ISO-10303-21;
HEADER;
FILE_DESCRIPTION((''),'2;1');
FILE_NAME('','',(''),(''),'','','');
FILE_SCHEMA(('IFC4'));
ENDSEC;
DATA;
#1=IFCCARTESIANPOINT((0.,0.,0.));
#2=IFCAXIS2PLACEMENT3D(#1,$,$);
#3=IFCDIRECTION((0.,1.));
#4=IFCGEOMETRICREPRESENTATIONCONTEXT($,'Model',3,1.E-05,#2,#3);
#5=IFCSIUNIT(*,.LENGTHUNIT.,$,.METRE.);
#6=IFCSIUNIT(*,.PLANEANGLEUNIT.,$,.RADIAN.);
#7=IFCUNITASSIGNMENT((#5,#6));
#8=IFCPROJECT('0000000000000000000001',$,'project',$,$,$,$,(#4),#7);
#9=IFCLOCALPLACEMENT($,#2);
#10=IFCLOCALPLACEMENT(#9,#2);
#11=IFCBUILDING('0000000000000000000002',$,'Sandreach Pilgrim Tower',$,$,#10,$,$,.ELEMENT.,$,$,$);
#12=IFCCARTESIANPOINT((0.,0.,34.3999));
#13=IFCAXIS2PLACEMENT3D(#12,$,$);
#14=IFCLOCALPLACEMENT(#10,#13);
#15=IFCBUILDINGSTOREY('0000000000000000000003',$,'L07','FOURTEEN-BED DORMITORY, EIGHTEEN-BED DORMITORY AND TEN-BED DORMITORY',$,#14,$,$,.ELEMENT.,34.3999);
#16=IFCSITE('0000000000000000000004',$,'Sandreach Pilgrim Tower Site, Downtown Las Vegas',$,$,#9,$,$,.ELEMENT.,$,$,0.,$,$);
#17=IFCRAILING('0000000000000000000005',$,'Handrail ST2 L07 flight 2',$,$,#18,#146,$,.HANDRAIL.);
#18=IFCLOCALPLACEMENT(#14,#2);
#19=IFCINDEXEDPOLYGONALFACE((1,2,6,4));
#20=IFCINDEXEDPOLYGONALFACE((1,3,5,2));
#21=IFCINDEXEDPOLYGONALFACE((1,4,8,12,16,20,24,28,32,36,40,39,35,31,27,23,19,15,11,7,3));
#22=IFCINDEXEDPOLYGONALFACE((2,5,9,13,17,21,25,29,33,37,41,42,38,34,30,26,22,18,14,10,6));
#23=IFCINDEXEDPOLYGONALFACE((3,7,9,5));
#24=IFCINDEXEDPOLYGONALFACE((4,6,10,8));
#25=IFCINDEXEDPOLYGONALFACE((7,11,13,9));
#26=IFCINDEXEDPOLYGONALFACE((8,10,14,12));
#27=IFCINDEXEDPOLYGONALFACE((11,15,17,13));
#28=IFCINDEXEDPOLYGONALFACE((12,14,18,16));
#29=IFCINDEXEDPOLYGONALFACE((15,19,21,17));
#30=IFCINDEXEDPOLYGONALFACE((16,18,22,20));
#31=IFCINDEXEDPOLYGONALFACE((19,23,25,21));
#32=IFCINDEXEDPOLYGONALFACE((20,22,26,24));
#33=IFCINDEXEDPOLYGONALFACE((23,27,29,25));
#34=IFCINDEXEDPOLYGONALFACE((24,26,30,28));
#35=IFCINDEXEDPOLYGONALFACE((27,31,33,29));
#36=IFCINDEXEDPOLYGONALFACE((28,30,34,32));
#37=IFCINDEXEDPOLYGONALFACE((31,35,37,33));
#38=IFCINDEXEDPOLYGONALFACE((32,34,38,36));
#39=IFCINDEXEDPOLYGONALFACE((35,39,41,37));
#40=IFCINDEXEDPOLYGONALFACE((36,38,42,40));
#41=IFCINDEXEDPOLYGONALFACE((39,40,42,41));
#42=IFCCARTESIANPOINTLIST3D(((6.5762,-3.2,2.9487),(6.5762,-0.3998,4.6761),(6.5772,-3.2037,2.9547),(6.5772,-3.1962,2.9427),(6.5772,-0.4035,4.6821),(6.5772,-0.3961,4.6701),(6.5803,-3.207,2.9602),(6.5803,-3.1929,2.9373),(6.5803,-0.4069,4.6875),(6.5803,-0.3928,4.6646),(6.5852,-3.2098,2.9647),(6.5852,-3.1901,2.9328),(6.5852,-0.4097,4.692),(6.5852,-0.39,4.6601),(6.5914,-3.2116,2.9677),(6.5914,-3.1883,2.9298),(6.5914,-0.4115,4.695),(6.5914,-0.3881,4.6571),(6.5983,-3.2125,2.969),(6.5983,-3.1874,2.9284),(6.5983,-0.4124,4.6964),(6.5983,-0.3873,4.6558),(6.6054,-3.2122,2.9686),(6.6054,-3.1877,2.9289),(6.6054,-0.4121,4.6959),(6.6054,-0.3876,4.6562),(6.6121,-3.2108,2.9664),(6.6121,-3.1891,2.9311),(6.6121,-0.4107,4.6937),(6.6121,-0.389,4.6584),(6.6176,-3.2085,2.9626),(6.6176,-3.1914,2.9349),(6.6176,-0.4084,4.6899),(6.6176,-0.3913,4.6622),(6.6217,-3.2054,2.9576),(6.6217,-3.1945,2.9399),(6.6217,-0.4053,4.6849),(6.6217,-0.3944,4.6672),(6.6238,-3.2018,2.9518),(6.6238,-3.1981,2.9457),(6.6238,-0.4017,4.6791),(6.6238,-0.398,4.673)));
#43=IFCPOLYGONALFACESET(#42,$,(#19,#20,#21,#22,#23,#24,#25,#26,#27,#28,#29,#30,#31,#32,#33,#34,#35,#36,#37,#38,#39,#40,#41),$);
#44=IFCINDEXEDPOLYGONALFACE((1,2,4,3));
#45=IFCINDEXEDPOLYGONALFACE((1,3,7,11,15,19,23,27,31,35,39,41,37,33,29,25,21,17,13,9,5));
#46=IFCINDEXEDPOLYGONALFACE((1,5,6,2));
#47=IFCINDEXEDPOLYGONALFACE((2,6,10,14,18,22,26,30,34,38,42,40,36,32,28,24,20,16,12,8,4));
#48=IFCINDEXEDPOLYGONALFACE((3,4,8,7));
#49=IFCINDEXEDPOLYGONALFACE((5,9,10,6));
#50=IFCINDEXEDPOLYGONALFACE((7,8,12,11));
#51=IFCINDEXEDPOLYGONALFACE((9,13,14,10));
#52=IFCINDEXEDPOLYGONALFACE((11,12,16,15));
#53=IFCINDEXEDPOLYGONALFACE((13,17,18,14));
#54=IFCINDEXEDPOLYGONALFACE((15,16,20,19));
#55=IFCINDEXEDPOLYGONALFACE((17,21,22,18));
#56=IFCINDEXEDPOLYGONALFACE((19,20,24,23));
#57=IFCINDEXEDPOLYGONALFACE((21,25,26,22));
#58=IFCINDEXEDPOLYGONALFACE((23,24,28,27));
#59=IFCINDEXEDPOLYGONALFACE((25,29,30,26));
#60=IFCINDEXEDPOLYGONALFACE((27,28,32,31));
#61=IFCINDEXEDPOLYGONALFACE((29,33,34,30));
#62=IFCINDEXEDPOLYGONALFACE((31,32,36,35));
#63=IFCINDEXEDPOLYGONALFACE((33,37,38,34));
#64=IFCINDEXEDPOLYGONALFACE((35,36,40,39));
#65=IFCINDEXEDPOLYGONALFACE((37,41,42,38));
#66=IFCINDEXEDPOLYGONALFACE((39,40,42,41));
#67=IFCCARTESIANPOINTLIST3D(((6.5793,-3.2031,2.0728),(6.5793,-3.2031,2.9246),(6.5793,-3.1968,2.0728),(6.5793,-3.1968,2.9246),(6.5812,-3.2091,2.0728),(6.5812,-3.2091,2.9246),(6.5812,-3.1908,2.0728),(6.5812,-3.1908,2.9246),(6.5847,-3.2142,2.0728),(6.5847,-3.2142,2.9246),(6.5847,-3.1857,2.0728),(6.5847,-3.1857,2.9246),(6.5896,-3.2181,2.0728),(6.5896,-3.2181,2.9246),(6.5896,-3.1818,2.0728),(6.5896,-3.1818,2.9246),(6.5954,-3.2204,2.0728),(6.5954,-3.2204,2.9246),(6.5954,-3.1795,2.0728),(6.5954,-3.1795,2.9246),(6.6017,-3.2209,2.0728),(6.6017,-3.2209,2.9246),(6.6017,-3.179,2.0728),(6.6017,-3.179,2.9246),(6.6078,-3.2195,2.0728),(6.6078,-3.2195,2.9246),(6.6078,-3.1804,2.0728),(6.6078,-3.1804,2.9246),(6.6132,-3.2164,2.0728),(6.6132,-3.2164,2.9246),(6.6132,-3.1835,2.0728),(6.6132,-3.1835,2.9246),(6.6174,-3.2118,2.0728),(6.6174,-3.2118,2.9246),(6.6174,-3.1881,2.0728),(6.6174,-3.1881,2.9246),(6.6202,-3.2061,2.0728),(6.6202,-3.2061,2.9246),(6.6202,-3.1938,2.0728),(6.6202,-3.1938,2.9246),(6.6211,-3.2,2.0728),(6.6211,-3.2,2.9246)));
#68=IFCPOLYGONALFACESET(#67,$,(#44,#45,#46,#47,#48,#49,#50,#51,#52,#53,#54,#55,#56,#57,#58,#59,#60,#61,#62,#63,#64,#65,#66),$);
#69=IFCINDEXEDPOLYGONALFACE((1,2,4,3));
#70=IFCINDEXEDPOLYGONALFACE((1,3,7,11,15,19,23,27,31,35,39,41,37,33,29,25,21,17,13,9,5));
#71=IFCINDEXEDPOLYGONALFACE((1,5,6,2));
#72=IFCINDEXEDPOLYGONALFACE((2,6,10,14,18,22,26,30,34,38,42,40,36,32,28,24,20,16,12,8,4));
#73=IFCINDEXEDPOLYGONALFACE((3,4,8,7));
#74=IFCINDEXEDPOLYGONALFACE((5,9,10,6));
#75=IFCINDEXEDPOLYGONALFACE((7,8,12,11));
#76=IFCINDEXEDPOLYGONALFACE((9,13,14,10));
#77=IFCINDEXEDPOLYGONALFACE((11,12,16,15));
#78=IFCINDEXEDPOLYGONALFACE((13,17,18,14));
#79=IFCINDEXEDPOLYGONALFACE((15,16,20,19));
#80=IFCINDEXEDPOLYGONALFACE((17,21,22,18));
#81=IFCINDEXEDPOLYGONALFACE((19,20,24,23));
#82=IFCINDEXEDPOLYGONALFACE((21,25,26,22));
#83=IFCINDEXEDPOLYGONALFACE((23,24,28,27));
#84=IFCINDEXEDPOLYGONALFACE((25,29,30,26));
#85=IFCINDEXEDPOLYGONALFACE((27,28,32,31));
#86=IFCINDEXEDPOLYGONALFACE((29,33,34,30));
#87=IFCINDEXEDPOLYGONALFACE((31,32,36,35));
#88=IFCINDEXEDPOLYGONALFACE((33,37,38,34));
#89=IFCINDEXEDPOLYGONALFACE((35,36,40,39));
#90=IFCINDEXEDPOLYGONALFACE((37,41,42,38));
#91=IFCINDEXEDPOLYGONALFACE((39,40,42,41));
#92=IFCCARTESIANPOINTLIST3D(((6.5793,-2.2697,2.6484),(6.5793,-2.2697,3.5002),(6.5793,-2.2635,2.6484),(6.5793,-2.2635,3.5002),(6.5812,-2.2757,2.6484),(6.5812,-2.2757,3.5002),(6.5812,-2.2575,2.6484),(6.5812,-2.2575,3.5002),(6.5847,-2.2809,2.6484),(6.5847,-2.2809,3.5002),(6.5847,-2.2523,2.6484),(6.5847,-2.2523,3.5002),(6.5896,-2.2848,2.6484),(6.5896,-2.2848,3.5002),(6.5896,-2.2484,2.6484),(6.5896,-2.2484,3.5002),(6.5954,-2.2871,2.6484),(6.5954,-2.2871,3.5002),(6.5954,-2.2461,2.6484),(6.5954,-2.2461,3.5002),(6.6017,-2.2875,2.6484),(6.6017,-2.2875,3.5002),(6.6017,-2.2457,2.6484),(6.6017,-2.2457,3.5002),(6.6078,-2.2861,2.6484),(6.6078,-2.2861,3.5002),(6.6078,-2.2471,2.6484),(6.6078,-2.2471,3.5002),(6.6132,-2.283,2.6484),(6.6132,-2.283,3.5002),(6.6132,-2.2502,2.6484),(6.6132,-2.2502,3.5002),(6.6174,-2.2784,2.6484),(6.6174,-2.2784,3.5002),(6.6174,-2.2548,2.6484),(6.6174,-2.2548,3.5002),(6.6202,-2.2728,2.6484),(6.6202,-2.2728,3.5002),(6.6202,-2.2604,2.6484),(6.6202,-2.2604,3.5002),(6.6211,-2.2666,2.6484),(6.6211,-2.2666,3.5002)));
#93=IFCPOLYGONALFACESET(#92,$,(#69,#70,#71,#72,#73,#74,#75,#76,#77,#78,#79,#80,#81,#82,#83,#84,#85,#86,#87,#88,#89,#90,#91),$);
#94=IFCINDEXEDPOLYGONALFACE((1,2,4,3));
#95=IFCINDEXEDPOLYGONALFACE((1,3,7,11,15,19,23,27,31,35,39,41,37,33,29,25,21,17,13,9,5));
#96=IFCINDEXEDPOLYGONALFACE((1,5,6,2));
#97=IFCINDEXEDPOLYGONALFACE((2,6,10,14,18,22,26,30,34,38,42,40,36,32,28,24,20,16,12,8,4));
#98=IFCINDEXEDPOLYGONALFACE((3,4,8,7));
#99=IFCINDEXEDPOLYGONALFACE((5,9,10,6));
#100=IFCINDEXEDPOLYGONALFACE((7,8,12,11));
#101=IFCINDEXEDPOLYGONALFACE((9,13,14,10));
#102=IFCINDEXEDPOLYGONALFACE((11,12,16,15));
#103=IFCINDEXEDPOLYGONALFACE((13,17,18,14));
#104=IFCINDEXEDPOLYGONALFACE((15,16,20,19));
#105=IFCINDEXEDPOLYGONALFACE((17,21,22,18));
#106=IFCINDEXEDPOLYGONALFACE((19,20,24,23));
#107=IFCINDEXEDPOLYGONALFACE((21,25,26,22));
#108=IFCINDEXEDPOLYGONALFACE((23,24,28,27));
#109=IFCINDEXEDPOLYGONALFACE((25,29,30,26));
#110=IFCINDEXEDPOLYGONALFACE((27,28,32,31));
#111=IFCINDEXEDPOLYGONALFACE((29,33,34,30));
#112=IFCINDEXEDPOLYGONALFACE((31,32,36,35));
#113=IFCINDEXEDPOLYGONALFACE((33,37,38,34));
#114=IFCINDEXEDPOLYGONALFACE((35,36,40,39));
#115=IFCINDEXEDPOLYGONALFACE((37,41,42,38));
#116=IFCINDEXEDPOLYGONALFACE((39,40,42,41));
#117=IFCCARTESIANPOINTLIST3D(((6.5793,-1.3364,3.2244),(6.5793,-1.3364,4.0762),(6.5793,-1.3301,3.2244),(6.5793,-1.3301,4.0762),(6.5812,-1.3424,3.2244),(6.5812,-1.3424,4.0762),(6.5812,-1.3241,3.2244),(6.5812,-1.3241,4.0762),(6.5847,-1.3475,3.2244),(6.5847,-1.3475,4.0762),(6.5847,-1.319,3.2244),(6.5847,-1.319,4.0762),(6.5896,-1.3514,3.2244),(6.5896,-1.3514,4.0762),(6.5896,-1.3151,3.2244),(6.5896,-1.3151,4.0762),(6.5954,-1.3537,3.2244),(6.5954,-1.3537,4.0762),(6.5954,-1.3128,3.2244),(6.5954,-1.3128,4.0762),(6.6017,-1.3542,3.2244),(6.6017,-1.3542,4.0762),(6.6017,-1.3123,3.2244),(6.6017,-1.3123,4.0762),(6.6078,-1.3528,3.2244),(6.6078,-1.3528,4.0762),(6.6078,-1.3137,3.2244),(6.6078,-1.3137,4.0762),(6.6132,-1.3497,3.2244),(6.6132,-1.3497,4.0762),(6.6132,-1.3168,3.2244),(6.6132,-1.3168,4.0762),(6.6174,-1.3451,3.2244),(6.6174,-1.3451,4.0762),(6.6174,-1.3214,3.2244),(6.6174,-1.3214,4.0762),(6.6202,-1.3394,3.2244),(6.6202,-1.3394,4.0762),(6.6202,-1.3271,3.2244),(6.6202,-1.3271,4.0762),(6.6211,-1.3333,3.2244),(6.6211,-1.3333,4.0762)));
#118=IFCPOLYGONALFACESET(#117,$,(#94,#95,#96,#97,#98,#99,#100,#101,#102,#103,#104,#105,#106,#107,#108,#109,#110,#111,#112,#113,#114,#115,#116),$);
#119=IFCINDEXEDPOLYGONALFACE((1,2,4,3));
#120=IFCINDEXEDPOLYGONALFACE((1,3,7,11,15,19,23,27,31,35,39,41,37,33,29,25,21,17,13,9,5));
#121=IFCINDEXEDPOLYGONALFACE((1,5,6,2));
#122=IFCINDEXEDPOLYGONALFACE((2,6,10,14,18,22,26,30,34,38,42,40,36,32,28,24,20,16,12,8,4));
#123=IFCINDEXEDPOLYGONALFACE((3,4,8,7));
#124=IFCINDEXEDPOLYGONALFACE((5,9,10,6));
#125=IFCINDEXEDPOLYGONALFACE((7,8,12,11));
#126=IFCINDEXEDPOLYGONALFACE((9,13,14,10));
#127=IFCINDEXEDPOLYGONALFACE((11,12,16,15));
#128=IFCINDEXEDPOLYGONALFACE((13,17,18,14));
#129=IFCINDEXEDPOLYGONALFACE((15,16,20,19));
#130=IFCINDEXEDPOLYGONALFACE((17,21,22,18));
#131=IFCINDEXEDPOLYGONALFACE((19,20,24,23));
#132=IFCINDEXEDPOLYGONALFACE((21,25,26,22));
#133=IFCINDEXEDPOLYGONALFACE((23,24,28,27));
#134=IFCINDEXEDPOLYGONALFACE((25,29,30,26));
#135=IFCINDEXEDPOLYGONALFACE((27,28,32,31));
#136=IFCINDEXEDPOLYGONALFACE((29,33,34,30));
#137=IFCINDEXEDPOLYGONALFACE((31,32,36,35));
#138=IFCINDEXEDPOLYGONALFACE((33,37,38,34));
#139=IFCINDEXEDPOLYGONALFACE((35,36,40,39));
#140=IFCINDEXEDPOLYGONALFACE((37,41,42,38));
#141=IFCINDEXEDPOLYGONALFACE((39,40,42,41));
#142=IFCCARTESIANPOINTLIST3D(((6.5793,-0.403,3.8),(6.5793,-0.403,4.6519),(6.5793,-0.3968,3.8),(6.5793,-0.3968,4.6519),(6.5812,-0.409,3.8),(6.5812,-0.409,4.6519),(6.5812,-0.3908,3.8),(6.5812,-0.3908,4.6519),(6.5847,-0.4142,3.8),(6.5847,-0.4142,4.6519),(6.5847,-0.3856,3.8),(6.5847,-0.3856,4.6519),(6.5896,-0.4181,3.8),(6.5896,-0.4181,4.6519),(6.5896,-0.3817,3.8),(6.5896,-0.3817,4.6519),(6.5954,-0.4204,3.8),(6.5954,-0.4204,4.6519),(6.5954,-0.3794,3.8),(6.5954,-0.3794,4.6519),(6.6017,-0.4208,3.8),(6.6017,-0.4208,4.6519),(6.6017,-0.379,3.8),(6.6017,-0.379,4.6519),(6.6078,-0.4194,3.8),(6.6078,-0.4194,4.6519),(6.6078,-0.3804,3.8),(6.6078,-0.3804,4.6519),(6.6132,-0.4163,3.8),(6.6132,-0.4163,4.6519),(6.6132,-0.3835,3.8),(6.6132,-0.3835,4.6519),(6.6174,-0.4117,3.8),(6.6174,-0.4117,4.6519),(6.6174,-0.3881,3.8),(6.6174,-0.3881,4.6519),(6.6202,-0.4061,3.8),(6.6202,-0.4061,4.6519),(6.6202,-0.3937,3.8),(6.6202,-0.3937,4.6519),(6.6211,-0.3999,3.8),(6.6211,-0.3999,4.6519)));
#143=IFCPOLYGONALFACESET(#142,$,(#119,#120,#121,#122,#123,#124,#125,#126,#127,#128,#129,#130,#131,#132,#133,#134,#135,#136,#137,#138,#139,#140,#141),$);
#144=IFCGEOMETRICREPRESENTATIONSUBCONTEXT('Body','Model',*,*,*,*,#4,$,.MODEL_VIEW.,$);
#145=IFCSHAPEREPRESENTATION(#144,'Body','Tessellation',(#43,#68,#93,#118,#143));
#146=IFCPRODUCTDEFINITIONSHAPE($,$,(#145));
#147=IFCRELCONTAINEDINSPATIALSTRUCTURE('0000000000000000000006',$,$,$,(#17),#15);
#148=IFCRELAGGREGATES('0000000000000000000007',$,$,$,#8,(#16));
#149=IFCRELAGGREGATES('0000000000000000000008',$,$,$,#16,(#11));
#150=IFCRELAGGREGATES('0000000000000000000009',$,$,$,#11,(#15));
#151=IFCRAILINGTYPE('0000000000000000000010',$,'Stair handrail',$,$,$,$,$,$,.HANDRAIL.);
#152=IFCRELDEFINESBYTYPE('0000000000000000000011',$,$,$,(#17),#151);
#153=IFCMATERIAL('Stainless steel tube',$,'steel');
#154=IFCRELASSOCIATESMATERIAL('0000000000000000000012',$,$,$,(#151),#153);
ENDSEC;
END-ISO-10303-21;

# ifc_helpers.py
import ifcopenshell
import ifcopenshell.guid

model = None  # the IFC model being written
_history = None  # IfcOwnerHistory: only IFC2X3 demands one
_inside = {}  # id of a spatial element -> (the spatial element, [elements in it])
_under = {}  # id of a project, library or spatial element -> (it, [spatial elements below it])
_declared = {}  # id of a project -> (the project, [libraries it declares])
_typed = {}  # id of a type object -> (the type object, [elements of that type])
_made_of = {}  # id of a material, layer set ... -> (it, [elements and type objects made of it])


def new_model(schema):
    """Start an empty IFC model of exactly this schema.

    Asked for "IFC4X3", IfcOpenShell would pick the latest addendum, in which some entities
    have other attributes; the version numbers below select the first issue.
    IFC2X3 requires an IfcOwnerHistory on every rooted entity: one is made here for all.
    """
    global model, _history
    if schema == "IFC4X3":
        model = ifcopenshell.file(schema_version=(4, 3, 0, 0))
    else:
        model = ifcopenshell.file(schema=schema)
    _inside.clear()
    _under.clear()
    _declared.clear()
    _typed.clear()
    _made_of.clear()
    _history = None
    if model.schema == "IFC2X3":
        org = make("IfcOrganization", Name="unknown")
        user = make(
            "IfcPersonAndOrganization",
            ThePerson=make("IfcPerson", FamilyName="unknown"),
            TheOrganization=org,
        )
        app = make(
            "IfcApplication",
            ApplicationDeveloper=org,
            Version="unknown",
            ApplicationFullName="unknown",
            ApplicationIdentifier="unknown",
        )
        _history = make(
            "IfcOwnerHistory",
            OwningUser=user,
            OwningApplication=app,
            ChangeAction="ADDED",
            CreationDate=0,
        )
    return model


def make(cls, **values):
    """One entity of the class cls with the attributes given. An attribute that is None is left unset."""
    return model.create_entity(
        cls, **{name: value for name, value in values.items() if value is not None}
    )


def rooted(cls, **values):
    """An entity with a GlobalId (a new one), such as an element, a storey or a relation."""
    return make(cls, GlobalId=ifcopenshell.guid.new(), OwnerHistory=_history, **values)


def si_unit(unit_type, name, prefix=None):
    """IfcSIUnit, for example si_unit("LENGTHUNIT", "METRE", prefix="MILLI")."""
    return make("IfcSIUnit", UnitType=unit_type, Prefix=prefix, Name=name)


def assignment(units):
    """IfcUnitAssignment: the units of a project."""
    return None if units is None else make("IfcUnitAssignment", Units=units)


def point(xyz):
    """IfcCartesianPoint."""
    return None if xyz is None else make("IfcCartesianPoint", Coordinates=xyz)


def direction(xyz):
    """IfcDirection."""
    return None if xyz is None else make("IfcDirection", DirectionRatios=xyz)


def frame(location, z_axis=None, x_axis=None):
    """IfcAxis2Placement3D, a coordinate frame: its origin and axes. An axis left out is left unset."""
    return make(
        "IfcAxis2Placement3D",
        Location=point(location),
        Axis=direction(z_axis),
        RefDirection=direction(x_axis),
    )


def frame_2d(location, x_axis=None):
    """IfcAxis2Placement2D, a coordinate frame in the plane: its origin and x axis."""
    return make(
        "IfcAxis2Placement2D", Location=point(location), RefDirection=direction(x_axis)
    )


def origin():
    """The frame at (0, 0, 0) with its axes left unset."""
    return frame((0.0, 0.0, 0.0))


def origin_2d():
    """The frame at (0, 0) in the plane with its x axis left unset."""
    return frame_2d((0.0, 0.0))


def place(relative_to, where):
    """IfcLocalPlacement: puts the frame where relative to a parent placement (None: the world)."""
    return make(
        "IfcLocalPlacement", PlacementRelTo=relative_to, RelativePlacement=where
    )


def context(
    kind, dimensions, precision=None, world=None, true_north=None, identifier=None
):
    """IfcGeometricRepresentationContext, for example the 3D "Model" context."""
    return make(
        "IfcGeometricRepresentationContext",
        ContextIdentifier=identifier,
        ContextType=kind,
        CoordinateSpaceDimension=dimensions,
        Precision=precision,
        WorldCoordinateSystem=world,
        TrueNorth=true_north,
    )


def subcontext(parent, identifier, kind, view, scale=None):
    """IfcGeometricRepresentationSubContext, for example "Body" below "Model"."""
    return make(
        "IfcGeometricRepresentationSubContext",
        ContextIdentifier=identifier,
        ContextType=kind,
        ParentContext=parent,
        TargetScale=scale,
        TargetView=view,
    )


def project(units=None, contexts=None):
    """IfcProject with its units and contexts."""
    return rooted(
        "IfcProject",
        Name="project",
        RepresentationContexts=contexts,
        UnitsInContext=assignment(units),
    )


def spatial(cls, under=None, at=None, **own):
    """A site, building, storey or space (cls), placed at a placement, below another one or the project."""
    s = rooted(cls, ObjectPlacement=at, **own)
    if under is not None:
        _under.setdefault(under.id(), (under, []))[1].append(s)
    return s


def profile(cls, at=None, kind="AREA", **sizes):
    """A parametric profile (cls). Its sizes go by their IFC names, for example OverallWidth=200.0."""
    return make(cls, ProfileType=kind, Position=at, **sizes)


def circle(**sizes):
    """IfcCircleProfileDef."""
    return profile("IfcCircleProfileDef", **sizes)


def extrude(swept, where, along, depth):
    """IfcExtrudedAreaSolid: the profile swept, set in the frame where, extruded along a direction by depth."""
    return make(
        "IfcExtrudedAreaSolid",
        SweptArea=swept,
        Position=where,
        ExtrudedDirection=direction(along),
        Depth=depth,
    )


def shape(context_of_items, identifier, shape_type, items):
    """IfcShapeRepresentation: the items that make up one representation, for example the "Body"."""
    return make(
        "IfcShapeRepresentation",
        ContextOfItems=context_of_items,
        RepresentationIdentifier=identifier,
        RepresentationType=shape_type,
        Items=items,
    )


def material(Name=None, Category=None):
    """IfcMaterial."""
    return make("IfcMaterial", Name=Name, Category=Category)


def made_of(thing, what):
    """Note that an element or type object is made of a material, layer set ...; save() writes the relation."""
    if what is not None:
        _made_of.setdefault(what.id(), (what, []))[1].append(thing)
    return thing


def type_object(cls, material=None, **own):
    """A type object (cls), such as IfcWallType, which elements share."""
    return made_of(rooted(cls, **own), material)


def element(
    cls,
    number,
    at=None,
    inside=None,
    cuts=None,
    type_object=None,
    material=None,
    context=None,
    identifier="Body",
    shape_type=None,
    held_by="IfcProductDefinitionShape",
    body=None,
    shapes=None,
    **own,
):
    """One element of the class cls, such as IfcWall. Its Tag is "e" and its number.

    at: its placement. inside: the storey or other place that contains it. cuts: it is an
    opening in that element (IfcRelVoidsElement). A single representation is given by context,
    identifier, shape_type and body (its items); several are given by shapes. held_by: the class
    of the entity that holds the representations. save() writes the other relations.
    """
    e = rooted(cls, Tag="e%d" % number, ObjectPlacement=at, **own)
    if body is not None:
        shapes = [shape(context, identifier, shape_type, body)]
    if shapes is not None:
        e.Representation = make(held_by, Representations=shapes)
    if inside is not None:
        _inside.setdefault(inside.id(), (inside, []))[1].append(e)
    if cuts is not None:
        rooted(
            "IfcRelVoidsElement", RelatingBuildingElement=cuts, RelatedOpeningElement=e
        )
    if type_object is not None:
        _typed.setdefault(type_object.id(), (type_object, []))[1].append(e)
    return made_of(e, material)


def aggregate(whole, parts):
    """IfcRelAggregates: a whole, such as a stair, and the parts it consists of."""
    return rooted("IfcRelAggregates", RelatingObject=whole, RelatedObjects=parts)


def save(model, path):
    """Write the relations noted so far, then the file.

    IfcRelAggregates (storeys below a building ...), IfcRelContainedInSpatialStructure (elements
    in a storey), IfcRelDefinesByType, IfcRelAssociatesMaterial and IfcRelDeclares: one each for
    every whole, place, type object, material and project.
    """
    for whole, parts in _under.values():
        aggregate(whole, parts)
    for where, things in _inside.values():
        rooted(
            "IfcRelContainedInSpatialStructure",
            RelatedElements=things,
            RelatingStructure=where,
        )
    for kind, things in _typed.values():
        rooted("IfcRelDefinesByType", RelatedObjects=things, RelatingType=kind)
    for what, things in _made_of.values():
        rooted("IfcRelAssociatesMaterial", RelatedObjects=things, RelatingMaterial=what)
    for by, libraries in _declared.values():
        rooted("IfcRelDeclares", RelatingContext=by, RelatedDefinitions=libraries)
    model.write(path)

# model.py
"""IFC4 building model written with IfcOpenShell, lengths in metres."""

from ifc_helpers import new_model, si_unit, direction, frame, origin, origin_2d, place, context, subcontext, project, spatial, circle, extrude, material, type_object, element, save


model = new_model("IFC4")

# Units and contexts
model_context = context("Model", 3, precision=1e-05, world=origin(), true_north=direction((0.0, 1.0)))
body_context = subcontext(model_context, "Body", "Model", "MODEL_VIEW")
ifc_project = project(units=[si_unit("LENGTHUNIT", "METRE"), si_unit("PLANEANGLEUNIT", "RADIAN")], contexts=[model_context])

# Site, building, storey
site_placement = place(None, origin())
site = spatial("IfcSite", under=ifc_project, at=site_placement, Name="Sandreach Pilgrim Tower Site, Downtown Las Vegas", CompositionType="ELEMENT", RefElevation=0.0)
building_placement = place(site_placement, origin())
building = spatial("IfcBuilding", under=site, at=building_placement, Name="Sandreach Pilgrim Tower", CompositionType="ELEMENT")
storey_placement = place(building_placement, frame((0.0, 0.0, 34.3999)))
storey = spatial("IfcBuildingStorey", under=building, at=storey_placement, Name="L07", Description="FOURTEEN-BED DORMITORY, EIGHTEEN-BED DORMITORY AND TEN-BED DORMITORY", CompositionType="ELEMENT", Elevation=34.3999)

# Railing
ifc_material_1 = material(Name="Stainless steel tube", Category="steel")
railing_type = type_object("IfcRailingType", Name="Stair handrail", PredefinedType="HANDRAIL", material=ifc_material_1)
for number, where, name in (
    (1, (6.6001, -3.2, 2.0728), "Handrail ST2 L07 flight 2"),
):
    element("IfcRailing", number, at=place(storey_placement, frame(where)), inside=storey, type_object=railing_type, Name=name, PredefinedType="HANDRAIL", context=body_context, shape_type="SweptSolid", body=[
        extrude(circle(Radius=0.0239, at=origin_2d()), frame((0.0, 0.0, 0.876), z_axis=(0.0, 0.85109, 0.52502), x_axis=(-1.0, 0.0, 0.0)), (0.0, 0.0, 1.0), 3.29),
        extrude(circle(Radius=0.021, at=origin_2d()), origin(), (0.0, 0.0, 1.0), 0.8518),
        extrude(circle(Radius=0.021, at=origin_2d()), frame((0.0, 0.9333, 0.5757)), (0.0, 0.0, 1.0), 0.8518),
        extrude(circle(Radius=0.021, at=origin_2d()), frame((0.0, 1.8667, 1.1516)), (0.0, 0.0, 1.0), 0.8518),
        extrude(circle(Radius=0.021, at=origin_2d()), frame((0.0, 2.8, 1.7273)), (0.0, 0.0, 1.0), 0.8518),
    ])

save(model, "model.ifc")
